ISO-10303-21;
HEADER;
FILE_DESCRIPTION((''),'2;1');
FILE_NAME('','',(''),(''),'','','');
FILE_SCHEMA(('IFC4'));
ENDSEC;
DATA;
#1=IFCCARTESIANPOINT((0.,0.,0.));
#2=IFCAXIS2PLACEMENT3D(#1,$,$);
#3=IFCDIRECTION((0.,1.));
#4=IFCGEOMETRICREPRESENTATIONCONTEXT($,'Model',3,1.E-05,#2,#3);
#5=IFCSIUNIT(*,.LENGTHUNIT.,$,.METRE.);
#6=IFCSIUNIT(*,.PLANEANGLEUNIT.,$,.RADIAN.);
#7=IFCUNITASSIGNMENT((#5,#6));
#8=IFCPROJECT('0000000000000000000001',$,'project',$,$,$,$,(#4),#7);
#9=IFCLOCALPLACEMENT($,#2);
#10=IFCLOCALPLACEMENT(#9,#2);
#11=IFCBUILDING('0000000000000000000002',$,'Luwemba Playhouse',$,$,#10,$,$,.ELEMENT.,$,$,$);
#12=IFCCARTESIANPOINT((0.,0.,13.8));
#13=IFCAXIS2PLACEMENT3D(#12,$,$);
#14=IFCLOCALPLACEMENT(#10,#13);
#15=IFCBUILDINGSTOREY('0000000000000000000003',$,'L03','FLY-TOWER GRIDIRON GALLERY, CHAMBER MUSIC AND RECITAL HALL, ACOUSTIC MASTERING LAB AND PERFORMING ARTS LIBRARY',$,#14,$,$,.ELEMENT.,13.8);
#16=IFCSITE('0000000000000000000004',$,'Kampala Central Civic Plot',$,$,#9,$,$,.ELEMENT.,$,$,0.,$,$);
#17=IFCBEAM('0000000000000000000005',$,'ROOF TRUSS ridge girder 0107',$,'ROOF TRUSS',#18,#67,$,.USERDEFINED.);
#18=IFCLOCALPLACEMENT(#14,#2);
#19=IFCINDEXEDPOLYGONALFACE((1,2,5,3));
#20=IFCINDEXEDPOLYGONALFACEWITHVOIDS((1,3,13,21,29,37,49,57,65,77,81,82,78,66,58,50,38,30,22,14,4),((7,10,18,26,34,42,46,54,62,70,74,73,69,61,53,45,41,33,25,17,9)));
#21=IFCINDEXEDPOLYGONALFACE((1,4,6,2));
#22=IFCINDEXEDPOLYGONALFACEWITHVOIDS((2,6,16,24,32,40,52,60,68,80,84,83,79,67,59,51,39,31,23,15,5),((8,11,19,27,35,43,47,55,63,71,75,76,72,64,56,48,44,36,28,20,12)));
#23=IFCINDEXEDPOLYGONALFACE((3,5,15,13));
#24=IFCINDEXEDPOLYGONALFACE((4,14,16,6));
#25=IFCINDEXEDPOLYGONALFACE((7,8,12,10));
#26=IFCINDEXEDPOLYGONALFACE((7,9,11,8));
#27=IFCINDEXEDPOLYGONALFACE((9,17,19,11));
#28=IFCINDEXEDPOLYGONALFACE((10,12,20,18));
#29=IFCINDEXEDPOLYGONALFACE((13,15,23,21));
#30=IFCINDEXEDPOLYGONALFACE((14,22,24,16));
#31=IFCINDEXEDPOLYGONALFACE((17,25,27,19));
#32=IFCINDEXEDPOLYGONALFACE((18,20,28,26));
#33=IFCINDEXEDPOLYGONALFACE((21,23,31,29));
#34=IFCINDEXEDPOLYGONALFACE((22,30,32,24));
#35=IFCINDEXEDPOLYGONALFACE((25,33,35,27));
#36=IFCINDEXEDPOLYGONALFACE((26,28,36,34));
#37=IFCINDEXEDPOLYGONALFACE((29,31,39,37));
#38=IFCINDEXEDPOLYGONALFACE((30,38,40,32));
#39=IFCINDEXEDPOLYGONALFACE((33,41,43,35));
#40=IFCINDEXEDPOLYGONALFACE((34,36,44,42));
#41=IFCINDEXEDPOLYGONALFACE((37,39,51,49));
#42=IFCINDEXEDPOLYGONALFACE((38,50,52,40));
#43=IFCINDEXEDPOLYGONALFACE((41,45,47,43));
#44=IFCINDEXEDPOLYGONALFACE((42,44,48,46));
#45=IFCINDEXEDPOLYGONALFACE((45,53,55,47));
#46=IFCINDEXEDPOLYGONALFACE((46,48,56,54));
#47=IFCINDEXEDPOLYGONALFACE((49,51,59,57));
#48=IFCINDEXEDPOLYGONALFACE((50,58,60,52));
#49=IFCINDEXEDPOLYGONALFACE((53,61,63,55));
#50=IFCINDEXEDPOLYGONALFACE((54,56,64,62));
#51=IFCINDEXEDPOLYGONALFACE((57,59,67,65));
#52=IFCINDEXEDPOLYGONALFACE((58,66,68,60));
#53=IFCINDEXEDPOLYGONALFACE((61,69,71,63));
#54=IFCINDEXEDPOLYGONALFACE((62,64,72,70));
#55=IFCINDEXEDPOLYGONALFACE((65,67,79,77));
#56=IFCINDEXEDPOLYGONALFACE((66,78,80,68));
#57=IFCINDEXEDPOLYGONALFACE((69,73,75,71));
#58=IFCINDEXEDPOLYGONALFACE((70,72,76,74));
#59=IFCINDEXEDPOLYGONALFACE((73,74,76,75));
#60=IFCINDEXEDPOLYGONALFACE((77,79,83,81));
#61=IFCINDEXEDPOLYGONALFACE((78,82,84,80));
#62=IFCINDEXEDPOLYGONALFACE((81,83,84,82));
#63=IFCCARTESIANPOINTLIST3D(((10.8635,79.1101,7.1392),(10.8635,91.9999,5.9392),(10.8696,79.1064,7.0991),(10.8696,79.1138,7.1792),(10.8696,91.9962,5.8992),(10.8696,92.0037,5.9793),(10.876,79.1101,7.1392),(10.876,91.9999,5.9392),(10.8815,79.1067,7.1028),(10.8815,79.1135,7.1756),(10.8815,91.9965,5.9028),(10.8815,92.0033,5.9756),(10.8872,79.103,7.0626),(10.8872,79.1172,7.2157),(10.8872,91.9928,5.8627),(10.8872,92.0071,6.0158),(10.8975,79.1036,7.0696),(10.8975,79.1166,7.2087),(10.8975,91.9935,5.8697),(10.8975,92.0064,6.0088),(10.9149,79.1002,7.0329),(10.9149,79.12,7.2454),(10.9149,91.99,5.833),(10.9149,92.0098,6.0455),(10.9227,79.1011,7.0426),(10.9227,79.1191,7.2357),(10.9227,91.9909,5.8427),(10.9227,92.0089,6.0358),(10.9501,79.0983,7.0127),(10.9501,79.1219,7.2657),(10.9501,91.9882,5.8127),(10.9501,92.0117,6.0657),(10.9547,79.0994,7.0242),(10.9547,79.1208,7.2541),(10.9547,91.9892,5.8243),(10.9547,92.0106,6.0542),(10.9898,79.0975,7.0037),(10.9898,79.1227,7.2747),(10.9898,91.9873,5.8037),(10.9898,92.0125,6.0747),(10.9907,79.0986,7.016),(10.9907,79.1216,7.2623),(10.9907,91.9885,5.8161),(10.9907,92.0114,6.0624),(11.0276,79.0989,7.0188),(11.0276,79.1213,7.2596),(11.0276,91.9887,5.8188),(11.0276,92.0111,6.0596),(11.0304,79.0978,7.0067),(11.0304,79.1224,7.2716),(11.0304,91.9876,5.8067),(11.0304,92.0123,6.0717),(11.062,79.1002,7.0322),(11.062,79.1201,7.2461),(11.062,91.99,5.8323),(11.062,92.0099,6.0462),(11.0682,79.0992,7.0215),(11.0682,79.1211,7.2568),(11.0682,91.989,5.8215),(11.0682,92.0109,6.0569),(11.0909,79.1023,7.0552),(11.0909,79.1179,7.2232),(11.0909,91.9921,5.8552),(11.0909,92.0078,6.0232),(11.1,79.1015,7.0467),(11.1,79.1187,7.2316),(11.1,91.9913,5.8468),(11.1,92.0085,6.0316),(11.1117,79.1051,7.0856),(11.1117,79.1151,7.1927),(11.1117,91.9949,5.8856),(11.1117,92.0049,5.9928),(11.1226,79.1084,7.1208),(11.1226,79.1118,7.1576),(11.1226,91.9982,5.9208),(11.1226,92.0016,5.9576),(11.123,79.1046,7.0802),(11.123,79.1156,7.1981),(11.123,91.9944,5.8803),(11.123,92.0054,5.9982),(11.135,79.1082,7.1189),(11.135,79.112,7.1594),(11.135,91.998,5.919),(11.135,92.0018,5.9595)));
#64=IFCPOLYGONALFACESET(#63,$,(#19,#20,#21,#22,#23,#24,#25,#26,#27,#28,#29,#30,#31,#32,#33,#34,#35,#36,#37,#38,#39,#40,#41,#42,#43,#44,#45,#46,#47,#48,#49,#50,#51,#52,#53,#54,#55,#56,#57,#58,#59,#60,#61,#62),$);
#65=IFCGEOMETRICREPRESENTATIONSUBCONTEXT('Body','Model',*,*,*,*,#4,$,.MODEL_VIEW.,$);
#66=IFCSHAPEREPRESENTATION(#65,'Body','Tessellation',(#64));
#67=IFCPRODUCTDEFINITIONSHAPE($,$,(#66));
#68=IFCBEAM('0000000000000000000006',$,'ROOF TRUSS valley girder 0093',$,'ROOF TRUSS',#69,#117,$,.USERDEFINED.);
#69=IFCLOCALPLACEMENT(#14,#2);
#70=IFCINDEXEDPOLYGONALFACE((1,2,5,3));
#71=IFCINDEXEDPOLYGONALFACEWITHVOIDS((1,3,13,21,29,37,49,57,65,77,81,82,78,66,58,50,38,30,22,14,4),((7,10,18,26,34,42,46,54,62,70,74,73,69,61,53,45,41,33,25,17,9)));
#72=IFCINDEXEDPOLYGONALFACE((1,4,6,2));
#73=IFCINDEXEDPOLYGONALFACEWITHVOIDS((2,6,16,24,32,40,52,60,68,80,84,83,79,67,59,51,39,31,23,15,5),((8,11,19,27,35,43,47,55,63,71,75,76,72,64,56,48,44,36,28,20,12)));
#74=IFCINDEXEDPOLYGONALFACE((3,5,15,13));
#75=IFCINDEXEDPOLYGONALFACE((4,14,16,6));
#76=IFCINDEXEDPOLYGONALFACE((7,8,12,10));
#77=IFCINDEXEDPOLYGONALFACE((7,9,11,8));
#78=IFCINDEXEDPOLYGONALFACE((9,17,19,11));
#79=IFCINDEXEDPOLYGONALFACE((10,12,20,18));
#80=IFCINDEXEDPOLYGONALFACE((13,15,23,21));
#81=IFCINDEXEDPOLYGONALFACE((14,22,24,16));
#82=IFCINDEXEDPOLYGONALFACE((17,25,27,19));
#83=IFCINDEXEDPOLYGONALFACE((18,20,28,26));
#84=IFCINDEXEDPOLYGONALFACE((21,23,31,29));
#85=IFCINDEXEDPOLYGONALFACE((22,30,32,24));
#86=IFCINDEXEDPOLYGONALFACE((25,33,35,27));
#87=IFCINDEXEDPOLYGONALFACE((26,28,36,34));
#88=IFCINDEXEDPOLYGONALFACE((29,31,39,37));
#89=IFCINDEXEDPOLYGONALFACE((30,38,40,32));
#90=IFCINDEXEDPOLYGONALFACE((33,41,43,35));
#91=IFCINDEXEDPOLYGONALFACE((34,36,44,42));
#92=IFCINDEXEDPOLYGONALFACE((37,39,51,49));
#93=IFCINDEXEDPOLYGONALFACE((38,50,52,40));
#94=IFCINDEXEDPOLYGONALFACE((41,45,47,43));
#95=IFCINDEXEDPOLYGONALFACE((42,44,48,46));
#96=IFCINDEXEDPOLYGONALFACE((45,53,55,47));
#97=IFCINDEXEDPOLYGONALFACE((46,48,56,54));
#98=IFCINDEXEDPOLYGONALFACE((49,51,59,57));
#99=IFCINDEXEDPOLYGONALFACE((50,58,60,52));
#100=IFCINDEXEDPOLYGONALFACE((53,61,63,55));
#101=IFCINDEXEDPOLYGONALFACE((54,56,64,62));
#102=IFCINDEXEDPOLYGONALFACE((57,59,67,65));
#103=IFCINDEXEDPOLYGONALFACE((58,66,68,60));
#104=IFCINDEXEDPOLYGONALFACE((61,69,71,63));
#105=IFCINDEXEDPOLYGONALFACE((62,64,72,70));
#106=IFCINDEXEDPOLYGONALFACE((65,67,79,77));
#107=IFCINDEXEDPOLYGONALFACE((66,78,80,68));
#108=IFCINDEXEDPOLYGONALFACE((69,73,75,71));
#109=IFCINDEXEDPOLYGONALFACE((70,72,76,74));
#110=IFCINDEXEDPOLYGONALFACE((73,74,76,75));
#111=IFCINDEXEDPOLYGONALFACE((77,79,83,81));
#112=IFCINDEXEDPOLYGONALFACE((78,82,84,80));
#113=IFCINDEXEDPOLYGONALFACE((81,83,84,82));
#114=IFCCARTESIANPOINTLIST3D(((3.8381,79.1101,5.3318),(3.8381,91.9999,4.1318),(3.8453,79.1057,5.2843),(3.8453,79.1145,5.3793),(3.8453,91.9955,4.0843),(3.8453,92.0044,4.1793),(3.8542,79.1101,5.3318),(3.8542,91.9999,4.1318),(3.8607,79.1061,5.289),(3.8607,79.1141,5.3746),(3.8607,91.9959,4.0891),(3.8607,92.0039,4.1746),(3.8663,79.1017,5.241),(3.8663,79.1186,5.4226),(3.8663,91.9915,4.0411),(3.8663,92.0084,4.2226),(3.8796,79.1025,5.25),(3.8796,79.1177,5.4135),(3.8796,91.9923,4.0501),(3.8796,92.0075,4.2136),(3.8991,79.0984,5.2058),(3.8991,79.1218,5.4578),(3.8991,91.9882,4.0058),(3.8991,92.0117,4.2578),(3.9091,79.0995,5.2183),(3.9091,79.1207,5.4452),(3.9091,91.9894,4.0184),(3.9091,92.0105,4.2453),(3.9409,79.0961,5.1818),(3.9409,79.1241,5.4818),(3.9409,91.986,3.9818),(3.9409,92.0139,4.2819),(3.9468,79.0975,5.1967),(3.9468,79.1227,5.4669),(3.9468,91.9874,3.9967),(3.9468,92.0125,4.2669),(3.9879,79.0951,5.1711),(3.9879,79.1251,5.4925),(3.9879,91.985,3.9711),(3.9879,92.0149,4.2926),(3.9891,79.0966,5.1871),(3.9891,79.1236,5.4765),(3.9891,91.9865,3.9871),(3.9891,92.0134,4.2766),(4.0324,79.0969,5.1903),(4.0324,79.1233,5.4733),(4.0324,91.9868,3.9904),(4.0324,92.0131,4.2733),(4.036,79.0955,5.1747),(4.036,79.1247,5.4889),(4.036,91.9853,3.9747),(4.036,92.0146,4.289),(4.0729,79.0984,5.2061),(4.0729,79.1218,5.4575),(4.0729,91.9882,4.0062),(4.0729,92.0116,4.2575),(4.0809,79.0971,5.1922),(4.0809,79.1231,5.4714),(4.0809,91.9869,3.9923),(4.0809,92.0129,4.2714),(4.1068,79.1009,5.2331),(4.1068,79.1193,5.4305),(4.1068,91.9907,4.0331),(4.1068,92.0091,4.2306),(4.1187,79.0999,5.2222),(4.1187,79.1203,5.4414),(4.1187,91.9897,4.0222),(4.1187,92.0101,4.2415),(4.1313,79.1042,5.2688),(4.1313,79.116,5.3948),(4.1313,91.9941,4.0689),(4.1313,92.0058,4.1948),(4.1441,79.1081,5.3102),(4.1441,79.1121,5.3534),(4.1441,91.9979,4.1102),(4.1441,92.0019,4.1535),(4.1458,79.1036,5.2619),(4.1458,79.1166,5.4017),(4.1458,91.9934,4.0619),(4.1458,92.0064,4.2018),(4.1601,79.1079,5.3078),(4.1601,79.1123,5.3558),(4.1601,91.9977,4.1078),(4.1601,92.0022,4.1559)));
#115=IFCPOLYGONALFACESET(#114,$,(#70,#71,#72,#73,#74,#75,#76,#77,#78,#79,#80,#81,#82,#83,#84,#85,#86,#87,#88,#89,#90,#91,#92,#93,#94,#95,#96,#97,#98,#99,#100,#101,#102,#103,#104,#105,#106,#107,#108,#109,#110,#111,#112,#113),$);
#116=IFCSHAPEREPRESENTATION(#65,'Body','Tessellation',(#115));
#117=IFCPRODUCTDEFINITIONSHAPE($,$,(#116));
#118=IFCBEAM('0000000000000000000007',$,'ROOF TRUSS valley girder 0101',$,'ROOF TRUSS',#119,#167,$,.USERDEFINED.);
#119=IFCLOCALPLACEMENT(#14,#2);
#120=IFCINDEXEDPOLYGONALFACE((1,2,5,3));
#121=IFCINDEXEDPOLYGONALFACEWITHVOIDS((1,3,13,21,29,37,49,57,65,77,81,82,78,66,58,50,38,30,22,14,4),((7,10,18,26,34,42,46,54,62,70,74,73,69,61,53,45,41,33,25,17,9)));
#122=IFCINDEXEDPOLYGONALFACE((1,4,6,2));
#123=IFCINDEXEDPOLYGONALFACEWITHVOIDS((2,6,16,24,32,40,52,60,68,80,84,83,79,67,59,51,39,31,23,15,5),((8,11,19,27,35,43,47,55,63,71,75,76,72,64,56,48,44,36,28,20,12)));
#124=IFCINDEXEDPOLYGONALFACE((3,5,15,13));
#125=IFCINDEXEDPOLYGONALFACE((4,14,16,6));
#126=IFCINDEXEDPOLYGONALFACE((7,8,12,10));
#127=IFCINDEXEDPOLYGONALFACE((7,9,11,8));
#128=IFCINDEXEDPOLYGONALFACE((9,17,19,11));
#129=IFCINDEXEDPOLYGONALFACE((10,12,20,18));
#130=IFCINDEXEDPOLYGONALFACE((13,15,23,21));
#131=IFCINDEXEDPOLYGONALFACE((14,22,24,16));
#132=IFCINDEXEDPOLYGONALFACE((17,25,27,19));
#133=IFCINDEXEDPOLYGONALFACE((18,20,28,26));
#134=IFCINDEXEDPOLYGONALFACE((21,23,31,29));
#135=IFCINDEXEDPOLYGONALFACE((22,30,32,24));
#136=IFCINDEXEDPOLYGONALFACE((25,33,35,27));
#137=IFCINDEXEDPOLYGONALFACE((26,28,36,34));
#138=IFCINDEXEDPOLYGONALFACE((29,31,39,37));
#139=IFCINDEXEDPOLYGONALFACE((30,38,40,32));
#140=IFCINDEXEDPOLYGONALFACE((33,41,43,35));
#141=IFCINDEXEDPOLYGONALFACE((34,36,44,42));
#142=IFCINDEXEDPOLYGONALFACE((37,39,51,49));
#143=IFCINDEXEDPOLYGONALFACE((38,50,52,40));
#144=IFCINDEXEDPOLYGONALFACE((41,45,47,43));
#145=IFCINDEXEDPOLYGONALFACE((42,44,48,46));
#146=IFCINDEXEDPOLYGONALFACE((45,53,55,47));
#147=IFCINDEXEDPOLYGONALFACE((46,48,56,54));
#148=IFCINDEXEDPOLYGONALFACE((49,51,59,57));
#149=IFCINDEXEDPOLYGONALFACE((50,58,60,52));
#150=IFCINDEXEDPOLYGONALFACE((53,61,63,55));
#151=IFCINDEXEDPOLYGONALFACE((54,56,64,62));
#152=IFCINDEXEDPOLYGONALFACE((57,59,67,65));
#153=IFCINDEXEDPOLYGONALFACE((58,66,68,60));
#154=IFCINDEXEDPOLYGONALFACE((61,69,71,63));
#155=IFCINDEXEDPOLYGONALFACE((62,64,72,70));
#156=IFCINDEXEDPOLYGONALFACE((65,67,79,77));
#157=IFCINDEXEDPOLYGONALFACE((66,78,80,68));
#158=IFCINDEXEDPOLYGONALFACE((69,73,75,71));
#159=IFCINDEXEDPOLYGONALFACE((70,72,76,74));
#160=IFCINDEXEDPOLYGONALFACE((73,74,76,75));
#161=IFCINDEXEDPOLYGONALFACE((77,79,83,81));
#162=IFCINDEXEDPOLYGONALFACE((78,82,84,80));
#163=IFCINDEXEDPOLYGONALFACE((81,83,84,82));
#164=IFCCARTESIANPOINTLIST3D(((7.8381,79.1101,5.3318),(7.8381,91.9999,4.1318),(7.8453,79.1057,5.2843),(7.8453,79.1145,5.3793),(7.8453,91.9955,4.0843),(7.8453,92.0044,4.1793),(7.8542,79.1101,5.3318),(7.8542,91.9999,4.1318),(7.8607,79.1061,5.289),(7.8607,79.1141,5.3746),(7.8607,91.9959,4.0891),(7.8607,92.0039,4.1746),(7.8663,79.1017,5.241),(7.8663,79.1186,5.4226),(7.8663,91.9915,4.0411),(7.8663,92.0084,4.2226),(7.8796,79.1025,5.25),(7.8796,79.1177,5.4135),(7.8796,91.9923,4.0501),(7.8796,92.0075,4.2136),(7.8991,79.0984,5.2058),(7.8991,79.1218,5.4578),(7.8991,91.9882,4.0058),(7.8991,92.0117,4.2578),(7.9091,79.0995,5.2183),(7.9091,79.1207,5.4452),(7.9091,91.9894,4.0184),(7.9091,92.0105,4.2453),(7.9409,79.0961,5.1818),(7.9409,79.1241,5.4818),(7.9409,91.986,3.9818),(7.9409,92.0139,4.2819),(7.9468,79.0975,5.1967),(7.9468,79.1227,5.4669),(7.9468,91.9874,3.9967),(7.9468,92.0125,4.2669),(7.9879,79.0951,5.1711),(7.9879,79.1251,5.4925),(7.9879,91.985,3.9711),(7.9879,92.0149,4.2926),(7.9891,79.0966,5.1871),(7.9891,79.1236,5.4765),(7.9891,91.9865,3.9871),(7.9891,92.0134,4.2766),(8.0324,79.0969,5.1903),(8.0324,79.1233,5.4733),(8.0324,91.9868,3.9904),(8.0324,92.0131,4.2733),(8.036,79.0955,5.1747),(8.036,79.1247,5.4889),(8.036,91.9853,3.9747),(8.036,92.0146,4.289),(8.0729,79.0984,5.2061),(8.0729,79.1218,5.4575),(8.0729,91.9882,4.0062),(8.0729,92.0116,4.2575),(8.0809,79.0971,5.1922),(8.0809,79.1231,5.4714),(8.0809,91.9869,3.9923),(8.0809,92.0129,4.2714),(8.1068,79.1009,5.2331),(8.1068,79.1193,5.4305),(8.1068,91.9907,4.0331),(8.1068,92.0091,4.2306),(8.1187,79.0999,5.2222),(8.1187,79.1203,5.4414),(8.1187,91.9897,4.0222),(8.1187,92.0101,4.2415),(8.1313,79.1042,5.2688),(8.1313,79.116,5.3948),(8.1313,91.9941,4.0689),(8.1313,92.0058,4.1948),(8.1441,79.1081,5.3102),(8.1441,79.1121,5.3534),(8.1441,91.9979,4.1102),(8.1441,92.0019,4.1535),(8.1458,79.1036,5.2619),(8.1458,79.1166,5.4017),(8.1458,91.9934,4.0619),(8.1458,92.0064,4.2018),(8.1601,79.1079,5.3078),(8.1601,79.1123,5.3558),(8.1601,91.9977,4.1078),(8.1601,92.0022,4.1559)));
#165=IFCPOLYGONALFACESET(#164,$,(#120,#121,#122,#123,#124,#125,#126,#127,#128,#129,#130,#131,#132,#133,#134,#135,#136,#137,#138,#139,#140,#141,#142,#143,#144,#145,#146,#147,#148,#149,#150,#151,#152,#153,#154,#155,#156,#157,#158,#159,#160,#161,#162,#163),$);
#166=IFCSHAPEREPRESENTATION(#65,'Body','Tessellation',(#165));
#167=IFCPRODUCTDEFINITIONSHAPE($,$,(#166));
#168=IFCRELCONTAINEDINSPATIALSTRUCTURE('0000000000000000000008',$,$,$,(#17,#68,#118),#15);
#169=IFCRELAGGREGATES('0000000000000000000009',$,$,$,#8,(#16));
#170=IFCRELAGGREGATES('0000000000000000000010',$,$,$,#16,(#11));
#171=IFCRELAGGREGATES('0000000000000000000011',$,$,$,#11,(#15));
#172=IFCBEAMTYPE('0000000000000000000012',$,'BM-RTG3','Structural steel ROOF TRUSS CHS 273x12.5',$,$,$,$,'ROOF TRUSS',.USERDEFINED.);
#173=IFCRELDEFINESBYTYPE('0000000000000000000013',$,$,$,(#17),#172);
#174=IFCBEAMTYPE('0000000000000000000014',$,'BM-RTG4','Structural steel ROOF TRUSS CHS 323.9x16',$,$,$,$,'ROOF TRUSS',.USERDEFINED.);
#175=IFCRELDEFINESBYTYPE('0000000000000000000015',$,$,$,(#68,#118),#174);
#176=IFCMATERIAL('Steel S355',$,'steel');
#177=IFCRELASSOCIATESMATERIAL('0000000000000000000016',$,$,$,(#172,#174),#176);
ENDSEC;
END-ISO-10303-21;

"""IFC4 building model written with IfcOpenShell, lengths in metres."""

from ifc_helpers import new_model, si_unit, direction, frame, origin, origin_2d, place, context, subcontext, project, spatial, hollow_circle, extrude, material, material_profile, profile_set, type_object, element, save


model = new_model("IFC4")

# Units and contexts
model_context = context("Model", 3, precision=1e-05, world=origin(), true_north=direction((0.0, 1.0)))
body_context = subcontext(model_context, "Body", "Model", "MODEL_VIEW")
ifc_project = project(units=[si_unit("LENGTHUNIT", "METRE"), si_unit("PLANEANGLEUNIT", "RADIAN")], contexts=[model_context])

# Site, building, storey
site_placement = place(None, origin())
site = spatial("IfcSite", under=ifc_project, at=site_placement, Name="Kampala Central Civic Plot", CompositionType="ELEMENT", RefElevation=0.0)
building_placement = place(site_placement, origin())
building = spatial("IfcBuilding", under=site, at=building_placement, Name="Luwemba Playhouse", CompositionType="ELEMENT")
storey_placement = place(building_placement, frame((0.0, 0.0, 13.8)))
storey = spatial("IfcBuildingStorey", under=building, at=storey_placement, Name="L03", Description="FLY-TOWER GRIDIRON GALLERY, CHAMBER MUSIC AND RECITAL HALL, ACOUSTIC MASTERING LAB AND PERFORMING ARTS LIBRARY", CompositionType="ELEMENT", Elevation=13.8)

# Beams
ifc_material_1 = material(Name="Steel S355", Category="steel")
ifc_material_profile_1 = material_profile(ifc_material_1, hollow_circle(Radius=0.1365, WallThickness=0.0125, at=origin_2d()))
ifc_profile_set_1 = profile_set([ifc_material_profile_1], Name="Steel S355")
beam_type_1 = type_object("IfcBeamType", Name="BM-RTG3", Description="Structural steel ROOF TRUSS CHS 273x12.5", ElementType="ROOF TRUSS", PredefinedType="USERDEFINED", material=ifc_profile_set_1)
for number, where, z_axis, x_axis, name in (
    (1, (11.0, 79.1101, 7.1392), (0.0, 0.995695, -0.092692), (-1.0, 0.0, 0.0), "ROOF TRUSS ridge girder 0107"),
):
    element("IfcBeam", number, at=place(storey_placement, frame(where, z_axis=z_axis, x_axis=x_axis)), inside=storey, type_object=beam_type_1, Name=name, ObjectType="ROOF TRUSS", PredefinedType="USERDEFINED", context=body_context, shape_type="SweptSolid", body=[
        extrude(hollow_circle(Radius=0.1365, WallThickness=0.0125, at=origin_2d()), origin(), (0.0, 0.0, 1.0), 12.9456),
    ])
ifc_material_profile_2 = material_profile(ifc_material_1, hollow_circle(Radius=0.1619, WallThickness=0.0161, at=origin_2d()))
ifc_profile_set_2 = profile_set([ifc_material_profile_2], Name="Steel S355")
beam_type_2 = type_object("IfcBeamType", Name="BM-RTG4", Description="Structural steel ROOF TRUSS CHS 323.9x16", ElementType="ROOF TRUSS", PredefinedType="USERDEFINED", material=ifc_profile_set_2)
for number, where, z_axis, x_axis, name in (
    (2, (4.0, 79.1101, 5.3318), (0.0, 0.995695, -0.092692), (-1.0, 0.0, 0.0), "ROOF TRUSS valley girder 0093"),
    (3, (8.0, 79.1101, 5.3318), (0.0, 0.995695, -0.092692), (-1.0, 0.0, 0.0), "ROOF TRUSS valley girder 0101"),
):
    element("IfcBeam", number, at=place(storey_placement, frame(where, z_axis=z_axis, x_axis=x_axis)), inside=storey, type_object=beam_type_2, Name=name, ObjectType="ROOF TRUSS", PredefinedType="USERDEFINED", context=body_context, shape_type="SweptSolid", body=[
        extrude(hollow_circle(Radius=0.1619, WallThickness=0.0161, at=origin_2d()), origin(), (0.0, 0.0, 1.0), 12.9456),
    ])

save(model, "model.ifc")
